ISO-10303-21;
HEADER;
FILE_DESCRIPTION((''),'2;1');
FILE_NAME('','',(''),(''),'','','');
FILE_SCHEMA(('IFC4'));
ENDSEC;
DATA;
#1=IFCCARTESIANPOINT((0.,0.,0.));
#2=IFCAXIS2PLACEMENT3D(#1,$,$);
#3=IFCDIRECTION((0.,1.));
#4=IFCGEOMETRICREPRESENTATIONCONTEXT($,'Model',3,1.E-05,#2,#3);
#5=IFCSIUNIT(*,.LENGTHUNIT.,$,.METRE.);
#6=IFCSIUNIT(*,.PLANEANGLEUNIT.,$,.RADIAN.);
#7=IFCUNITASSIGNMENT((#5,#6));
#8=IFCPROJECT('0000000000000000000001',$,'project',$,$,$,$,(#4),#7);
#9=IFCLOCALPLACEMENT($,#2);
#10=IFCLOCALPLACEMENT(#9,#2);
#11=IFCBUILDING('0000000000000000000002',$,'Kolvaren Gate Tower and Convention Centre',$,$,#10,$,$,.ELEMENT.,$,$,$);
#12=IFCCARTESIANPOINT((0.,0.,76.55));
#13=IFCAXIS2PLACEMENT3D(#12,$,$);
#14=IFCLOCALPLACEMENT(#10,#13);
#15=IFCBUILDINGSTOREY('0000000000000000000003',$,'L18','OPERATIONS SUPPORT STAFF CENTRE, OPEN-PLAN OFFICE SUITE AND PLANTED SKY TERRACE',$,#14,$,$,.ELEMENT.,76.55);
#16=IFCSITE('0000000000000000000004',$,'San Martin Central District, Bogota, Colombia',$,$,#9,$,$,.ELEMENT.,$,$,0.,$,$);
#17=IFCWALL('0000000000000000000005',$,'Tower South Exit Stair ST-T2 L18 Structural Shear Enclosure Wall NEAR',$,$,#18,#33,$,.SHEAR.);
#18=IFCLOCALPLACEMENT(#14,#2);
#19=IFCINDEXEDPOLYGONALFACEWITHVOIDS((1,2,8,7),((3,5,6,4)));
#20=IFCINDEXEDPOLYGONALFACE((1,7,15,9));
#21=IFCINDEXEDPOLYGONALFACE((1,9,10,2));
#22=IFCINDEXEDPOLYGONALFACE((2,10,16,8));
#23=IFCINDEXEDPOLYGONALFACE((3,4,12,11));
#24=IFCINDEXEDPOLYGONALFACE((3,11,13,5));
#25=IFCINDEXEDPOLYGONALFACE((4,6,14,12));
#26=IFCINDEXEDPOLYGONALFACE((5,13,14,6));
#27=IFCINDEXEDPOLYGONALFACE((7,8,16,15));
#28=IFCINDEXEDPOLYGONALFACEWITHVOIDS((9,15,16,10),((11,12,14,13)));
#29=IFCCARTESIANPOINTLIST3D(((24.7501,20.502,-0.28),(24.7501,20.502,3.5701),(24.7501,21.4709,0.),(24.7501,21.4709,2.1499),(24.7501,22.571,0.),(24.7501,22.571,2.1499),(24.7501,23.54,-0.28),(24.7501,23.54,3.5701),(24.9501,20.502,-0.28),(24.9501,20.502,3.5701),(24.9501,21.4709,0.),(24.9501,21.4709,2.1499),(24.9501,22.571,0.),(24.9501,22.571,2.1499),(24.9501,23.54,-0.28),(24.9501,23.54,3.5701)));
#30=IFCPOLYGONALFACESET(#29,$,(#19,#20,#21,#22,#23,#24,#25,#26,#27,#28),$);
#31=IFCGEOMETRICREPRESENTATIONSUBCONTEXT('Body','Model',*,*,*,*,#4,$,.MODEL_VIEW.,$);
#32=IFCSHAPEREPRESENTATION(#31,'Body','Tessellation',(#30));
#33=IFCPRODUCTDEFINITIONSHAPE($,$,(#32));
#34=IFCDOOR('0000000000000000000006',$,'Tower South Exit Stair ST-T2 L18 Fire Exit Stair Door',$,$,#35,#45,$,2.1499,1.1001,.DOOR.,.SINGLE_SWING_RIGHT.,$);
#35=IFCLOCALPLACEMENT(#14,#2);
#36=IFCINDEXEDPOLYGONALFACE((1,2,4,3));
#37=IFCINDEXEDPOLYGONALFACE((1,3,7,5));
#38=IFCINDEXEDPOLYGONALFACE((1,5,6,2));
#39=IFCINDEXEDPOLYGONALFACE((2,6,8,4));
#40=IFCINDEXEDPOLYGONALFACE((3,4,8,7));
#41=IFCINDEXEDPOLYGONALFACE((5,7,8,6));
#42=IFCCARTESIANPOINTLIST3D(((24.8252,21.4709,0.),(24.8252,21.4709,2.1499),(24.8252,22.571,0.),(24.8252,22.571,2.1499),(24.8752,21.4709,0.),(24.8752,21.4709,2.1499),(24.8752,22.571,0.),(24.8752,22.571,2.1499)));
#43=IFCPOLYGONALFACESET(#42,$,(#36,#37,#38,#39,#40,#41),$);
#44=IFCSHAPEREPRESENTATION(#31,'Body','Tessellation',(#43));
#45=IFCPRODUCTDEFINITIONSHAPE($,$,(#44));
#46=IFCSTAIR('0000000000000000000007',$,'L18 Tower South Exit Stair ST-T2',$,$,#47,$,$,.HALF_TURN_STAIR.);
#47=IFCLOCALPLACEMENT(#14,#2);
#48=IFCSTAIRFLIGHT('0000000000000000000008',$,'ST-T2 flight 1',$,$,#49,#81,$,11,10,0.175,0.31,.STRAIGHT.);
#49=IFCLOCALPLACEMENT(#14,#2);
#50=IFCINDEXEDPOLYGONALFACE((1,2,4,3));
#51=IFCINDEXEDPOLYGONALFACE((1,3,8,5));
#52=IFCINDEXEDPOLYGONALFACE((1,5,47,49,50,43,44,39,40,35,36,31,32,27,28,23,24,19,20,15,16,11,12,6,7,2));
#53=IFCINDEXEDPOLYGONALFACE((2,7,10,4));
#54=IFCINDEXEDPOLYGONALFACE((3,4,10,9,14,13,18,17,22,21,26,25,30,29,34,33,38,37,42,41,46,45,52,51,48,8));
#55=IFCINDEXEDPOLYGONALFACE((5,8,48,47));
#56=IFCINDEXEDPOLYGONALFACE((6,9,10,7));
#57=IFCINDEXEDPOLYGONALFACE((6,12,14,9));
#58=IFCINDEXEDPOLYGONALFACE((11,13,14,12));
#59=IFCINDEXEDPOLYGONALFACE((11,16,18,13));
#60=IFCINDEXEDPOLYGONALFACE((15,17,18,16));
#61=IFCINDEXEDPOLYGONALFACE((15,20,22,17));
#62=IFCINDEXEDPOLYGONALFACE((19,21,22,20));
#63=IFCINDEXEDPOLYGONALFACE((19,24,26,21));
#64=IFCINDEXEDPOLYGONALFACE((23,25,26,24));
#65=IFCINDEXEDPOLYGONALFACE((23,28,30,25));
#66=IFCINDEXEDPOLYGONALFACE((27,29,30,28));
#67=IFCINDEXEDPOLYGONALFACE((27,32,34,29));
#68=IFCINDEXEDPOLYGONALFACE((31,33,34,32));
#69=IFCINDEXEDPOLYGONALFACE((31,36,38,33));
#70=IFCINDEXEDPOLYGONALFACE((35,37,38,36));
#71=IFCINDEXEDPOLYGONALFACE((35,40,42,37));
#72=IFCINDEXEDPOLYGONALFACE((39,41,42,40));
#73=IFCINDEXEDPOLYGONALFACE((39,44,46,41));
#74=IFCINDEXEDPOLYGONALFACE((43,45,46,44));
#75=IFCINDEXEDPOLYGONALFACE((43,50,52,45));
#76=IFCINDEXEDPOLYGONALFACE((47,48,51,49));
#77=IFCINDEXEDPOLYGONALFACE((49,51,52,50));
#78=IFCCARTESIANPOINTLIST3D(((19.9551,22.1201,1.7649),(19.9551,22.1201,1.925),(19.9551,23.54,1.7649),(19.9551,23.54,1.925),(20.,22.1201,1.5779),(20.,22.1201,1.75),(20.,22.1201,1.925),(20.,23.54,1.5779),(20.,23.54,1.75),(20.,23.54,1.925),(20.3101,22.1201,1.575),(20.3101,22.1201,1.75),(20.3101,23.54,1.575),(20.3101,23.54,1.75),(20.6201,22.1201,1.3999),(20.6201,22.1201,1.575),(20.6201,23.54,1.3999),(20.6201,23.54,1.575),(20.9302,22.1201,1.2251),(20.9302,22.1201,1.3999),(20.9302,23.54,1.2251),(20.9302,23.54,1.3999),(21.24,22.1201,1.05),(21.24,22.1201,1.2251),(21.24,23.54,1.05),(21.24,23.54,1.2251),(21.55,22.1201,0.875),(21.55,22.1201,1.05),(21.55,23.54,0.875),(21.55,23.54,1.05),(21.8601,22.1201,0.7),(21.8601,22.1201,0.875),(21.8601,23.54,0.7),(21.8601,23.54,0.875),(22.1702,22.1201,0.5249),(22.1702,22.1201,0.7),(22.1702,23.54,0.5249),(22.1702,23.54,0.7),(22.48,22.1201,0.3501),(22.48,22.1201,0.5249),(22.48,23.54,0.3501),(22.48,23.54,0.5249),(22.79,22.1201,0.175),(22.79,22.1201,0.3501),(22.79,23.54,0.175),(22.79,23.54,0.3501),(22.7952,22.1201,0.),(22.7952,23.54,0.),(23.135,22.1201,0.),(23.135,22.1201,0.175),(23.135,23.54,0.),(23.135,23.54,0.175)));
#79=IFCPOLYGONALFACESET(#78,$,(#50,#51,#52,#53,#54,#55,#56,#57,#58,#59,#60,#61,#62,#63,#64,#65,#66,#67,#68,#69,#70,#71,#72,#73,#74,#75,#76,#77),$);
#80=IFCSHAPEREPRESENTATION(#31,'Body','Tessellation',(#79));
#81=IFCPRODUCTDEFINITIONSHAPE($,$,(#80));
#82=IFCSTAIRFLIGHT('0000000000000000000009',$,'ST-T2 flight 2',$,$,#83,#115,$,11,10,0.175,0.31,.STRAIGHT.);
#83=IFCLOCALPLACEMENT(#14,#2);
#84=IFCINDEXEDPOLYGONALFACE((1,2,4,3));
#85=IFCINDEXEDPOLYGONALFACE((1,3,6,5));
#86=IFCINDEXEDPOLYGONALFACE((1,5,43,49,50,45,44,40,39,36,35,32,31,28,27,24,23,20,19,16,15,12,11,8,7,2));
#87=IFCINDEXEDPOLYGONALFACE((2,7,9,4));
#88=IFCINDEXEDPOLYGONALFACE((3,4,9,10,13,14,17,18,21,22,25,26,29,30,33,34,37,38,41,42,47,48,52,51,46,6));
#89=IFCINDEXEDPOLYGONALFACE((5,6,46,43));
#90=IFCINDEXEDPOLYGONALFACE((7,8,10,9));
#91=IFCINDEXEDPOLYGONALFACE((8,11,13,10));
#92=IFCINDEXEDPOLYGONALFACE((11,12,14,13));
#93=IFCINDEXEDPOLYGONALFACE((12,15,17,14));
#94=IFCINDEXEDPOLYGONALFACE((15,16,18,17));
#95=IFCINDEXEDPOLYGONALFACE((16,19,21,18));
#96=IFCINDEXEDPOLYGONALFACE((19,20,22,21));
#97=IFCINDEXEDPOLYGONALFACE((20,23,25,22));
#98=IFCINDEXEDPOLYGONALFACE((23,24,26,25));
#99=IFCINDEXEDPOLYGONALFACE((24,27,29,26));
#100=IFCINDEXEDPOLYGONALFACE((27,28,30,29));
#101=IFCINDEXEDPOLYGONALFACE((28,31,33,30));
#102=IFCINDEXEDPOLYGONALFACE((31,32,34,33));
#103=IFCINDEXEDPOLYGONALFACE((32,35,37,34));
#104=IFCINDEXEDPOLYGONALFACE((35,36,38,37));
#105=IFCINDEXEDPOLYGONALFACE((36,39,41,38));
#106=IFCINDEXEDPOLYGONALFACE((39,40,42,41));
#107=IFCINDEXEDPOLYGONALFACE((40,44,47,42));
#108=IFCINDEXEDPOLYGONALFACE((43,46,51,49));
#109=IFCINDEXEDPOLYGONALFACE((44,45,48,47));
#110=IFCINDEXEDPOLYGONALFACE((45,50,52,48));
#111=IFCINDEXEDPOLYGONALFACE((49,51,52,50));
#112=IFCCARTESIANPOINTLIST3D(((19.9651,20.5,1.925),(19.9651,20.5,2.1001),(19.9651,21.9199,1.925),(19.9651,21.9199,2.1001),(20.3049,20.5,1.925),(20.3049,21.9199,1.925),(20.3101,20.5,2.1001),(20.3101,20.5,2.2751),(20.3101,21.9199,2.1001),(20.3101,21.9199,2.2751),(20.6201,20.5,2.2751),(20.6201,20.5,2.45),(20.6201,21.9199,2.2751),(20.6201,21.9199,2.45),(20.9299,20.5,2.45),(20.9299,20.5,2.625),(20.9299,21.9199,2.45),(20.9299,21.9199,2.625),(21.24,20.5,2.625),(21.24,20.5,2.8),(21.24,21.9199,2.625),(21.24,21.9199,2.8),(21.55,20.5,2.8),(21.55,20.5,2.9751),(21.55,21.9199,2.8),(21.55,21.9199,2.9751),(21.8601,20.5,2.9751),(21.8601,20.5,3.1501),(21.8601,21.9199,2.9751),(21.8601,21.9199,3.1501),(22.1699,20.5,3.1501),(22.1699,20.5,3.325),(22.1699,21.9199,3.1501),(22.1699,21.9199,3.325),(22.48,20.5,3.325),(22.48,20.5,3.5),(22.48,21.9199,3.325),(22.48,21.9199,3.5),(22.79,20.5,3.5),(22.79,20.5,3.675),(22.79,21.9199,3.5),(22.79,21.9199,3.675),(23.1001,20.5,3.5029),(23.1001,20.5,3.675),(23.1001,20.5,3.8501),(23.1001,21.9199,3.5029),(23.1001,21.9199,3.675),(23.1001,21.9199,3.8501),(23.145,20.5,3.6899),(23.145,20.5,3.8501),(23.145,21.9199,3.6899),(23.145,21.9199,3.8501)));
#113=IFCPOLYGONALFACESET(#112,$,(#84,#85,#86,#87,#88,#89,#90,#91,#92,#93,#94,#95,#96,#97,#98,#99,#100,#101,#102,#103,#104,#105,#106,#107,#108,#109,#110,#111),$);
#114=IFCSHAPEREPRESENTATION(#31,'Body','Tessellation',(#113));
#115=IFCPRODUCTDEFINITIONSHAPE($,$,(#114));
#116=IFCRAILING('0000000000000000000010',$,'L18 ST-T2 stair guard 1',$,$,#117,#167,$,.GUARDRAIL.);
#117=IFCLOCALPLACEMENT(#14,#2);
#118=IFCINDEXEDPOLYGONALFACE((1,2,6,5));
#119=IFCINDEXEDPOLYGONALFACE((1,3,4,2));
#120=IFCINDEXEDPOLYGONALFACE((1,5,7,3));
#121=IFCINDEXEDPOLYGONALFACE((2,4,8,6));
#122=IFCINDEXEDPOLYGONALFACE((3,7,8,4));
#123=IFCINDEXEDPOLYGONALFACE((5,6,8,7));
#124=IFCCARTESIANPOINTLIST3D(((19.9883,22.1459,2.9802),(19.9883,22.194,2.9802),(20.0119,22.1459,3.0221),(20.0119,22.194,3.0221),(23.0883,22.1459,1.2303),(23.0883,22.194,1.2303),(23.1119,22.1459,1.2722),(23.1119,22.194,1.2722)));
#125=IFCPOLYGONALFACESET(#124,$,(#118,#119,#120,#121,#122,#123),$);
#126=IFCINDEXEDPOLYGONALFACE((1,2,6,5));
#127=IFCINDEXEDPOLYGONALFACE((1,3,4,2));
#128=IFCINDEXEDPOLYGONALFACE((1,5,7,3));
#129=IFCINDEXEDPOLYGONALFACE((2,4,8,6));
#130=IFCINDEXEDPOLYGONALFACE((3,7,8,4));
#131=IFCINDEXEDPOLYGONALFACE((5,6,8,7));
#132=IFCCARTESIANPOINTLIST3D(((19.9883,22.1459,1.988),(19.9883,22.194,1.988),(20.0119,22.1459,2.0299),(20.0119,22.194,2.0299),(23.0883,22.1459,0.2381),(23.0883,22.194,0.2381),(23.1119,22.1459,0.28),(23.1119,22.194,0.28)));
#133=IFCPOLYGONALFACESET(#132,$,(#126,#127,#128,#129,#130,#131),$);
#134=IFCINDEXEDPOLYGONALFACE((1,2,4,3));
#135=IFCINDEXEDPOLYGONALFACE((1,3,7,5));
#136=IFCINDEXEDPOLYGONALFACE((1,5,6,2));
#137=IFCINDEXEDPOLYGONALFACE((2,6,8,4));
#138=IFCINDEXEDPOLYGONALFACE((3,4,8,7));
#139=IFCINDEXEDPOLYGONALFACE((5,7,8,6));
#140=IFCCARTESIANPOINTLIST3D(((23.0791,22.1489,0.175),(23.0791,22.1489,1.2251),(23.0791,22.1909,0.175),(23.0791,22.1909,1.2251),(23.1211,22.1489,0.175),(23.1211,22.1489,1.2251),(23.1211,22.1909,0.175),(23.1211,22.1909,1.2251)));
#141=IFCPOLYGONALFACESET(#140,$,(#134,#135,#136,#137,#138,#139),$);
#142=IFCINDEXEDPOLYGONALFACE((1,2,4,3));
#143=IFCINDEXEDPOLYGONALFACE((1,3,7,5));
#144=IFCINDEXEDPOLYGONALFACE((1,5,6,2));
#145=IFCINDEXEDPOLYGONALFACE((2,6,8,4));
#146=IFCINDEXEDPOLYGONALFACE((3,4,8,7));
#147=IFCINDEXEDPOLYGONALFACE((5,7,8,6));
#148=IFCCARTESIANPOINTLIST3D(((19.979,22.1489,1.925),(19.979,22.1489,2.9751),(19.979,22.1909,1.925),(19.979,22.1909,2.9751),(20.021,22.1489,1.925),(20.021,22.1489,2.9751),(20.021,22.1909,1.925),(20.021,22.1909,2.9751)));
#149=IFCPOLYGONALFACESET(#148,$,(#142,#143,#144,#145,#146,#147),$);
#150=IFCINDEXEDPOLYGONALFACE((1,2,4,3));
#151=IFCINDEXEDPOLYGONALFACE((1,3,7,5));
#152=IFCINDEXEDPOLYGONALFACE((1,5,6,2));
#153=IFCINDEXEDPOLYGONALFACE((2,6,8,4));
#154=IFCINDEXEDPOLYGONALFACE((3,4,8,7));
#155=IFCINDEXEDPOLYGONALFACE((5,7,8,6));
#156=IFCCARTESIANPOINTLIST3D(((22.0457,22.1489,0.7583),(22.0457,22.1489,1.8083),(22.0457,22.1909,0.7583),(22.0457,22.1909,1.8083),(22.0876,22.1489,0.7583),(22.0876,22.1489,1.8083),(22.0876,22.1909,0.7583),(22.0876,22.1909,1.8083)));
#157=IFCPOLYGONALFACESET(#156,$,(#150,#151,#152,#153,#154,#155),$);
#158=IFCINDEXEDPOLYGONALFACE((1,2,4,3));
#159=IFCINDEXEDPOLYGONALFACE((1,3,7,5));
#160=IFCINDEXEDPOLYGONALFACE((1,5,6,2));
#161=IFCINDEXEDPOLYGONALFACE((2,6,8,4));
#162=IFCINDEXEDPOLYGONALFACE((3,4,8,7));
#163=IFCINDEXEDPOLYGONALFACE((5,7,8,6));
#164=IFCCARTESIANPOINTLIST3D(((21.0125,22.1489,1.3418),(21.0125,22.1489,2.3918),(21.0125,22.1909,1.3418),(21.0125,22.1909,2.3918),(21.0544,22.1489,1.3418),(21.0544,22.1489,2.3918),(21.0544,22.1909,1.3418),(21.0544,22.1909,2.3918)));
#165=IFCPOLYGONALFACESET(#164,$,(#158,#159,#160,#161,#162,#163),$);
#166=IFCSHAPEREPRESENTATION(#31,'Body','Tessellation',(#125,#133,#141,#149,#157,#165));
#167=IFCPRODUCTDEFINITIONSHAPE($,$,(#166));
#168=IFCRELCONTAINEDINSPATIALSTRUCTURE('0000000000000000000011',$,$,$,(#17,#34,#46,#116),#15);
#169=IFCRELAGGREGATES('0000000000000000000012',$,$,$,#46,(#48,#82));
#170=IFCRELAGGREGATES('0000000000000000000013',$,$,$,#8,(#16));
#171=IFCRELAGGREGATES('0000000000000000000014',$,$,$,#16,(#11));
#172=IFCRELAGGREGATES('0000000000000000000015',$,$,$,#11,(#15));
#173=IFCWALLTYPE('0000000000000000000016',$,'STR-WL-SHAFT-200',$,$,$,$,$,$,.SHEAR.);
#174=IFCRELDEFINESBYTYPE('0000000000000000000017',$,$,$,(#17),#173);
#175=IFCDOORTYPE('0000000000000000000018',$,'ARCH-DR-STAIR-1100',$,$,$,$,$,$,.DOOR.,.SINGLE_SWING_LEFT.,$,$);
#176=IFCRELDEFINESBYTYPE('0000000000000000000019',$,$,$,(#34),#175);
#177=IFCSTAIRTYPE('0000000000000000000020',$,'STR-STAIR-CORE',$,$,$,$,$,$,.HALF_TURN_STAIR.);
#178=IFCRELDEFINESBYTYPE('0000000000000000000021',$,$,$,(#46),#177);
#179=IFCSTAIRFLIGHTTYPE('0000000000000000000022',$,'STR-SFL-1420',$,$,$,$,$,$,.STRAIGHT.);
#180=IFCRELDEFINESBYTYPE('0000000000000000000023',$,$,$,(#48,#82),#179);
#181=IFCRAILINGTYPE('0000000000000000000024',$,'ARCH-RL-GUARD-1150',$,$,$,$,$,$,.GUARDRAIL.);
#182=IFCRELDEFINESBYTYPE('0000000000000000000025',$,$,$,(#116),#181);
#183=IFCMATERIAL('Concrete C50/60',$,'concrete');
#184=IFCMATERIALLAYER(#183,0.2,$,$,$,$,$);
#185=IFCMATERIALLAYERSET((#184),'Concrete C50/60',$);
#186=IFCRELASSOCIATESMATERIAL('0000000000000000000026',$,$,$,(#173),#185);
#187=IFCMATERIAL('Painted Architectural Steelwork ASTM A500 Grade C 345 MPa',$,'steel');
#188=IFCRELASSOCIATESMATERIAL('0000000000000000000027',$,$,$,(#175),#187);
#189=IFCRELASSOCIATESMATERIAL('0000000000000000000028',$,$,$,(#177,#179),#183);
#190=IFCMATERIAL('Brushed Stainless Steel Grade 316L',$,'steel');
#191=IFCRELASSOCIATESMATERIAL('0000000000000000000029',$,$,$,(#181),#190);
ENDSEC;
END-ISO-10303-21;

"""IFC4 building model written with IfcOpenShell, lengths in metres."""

from ifc_helpers import new_model, si_unit, direction, frame, frame_2d, origin, origin_2d, place, context, subcontext, project, spatial, polyline, rectangle, outline, extrude, material, layer, layer_set, type_object, element, fill, aggregate, save


model = new_model("IFC4")

# Units and contexts
model_context = context("Model", 3, precision=1e-05, world=origin(), true_north=direction((0.0, 1.0)))
body_context = subcontext(model_context, "Body", "Model", "MODEL_VIEW")
ifc_project = project(units=[si_unit("LENGTHUNIT", "METRE"), si_unit("PLANEANGLEUNIT", "RADIAN")], contexts=[model_context])

# Site, building, storey
site_placement = place(None, origin())
site = spatial("IfcSite", under=ifc_project, at=site_placement, Name="San Martin Central District, Bogota, Colombia", CompositionType="ELEMENT", RefElevation=0.0)
building_placement = place(site_placement, origin())
building = spatial("IfcBuilding", under=site, at=building_placement, Name="Kolvaren Gate Tower and Convention Centre", CompositionType="ELEMENT")
storey_placement = place(building_placement, frame((0.0, 0.0, 76.55)))
storey = spatial("IfcBuildingStorey", under=building, at=storey_placement, Name="L18", Description="OPERATIONS SUPPORT STAFF CENTRE, OPEN-PLAN OFFICE SUITE AND PLANTED SKY TERRACE", CompositionType="ELEMENT", Elevation=76.55)

# Shared definitions
ifc_material_1 = material(Name="Painted Architectural Steelwork ASTM A500 Grade C 345 MPa", Category="steel")

# Shared definitions
ifc_material_2 = material(Name="Brushed Stainless Steel Grade 316L", Category="steel")

# Wall, opening, door
ifc_material_3 = material(Name="Concrete C50/60", Category="concrete")
ifc_layer_1 = layer(ifc_material_3, 0.2)
ifc_layer_set_1 = layer_set([ifc_layer_1], Name="Concrete C50/60")
wall_type_1 = type_object("IfcWallType", Name="STR-WL-SHAFT-200", PredefinedType="SHEAR", material=ifc_layer_set_1)
wall_1_placement = place(storey_placement, frame((24.8501, 20.502, -0.28), z_axis=(0.0, 0.0, 1.0), x_axis=(0.0, 1.0, 0.0)))
wall_1 = element("IfcWall", 1, at=wall_1_placement, inside=storey, type_object=wall_type_1, Name="Tower South Exit Stair ST-T2 L18 Structural Shear Enclosure Wall NEAR", PredefinedType="SHEAR", context=body_context, shape_type="SweptSolid", body=[
    extrude(rectangle(XDim=3.0381, YDim=0.2, at=frame_2d((1.519, 0.0))), origin(), (0.0, 0.0, 1.0), 3.8501),
])
opening_1_placement = place(wall_1_placement, frame((0.969, 0.0, 0.28)))
opening_1 = element("IfcOpeningElement", 2, at=opening_1_placement, cuts=wall_1, PredefinedType="OPENING", context=body_context, shape_type="SweptSolid", body=[
    extrude(rectangle(XDim=1.1001, YDim=2.1499, at=frame_2d((0.55, 1.075))), frame((0.0, 0.1099, 0.0), z_axis=(0.0, -1.0, 0.0), x_axis=(1.0, 0.0, 0.0)), (0.0, 0.0, 1.0), 0.22),
])
door_type_1 = type_object("IfcDoorType", Name="ARCH-DR-STAIR-1100", OperationType="SINGLE_SWING_LEFT", PredefinedType="DOOR", material=ifc_material_1)
door_1_placement = place(opening_1_placement, origin())
door_1 = element("IfcDoor", 3, at=door_1_placement, inside=storey, type_object=door_type_1, Name="Tower South Exit Stair ST-T2 L18 Fire Exit Stair Door", OperationType="SINGLE_SWING_RIGHT", OverallHeight=2.1499, OverallWidth=1.1001, PredefinedType="DOOR", context=body_context, shape_type="SweptSolid", body=[
    extrude(rectangle(XDim=1.1001, YDim=2.1499, at=frame_2d((0.55, 1.075))), frame((0.0, 0.0249, 0.0), z_axis=(0.0, -1.0, 0.0), x_axis=(1.0, 0.0, 0.0)), (0.0, 0.0, 1.0), 0.05),
])
fill(opening_1, door_1)

# Stair, stair flights
stair_type = type_object("IfcStairType", Name="STR-STAIR-CORE", PredefinedType="HALF_TURN_STAIR", material=ifc_material_3)
stair_placement = place(storey_placement, origin())
stair = element("IfcStair", 4, at=stair_placement, inside=storey, type_object=stair_type, Name="L18 Tower South Exit Stair ST-T2", PredefinedType="HALF_TURN_STAIR")
stair_flight_type = type_object("IfcStairFlightType", Name="STR-SFL-1420", PredefinedType="STRAIGHT", material=ifc_material_3)
stair_flight_1_placement = place(storey_placement, frame((23.1001, 22.8301, 0.0), z_axis=(0.0, 0.0, 1.0), x_axis=(-1.0, 0.0, 0.0)))
stair_flight_1 = element("IfcStairFlight", 5, at=stair_flight_1_placement, type_object=stair_flight_type, Name="ST-T2 flight 1", NumberOfRisers=11, NumberOfTreads=10, PredefinedType="STRAIGHT", RiserHeight=0.175, TreadLength=0.31, context=body_context, shape_type="SweptSolid", body=[
    extrude(outline(polyline([(-0.0349, 0.0), (-0.0349, 0.175), (0.3101, 0.175), (0.3101, 0.3501), (0.6201, 0.3501), (0.6201, 0.5249), (0.9299, 0.5249), (0.9299, 0.7), (1.24, 0.7), (1.24, 0.875), (1.55, 0.875), (1.55, 1.05), (1.8601, 1.05), (1.8601, 1.2251), (2.1699, 1.2251), (2.1699, 1.3999), (2.48, 1.3999), (2.48, 1.575), (2.79, 1.575), (2.79, 1.75), (3.1001, 1.75), (3.1001, 1.925), (3.145, 1.925), (3.145, 1.7649), (3.1001, 1.5779), (0.3049, 0.0), (-0.0349, 0.0)])), frame((0.0, 0.71, 0.0), z_axis=(0.0, -1.0, 0.0), x_axis=(1.0, 0.0, 0.0)), (0.0, 0.0, 1.0), 1.4199),
])
stair_flight_2_placement = place(storey_placement, frame((20.0, 21.21, 1.925), z_axis=(0.0, 0.0, 1.0), x_axis=(1.0, 0.0, 0.0)))
stair_flight_2 = element("IfcStairFlight", 6, at=stair_flight_2_placement, type_object=stair_flight_type, Name="ST-T2 flight 2", NumberOfRisers=11, NumberOfTreads=10, PredefinedType="STRAIGHT", RiserHeight=0.175, TreadLength=0.31, context=body_context, shape_type="SweptSolid", body=[
    extrude(outline(polyline([(-0.0349, 0.0), (-0.0349, 0.175), (0.3101, 0.175), (0.3101, 0.3501), (0.6201, 0.3501), (0.6201, 0.5249), (0.9299, 0.5249), (0.9299, 0.7), (1.24, 0.7), (1.24, 0.875), (1.55, 0.875), (1.55, 1.05), (1.8601, 1.05), (1.8601, 1.2251), (2.1699, 1.2251), (2.1699, 1.3999), (2.48, 1.3999), (2.48, 1.575), (2.79, 1.575), (2.79, 1.75), (3.1001, 1.75), (3.1001, 1.925), (3.145, 1.925), (3.145, 1.7649), (3.1001, 1.5779), (0.3049, 0.0), (-0.0349, 0.0)])), frame((0.0, 0.71, 0.0), z_axis=(0.0, -1.0, 0.0), x_axis=(1.0, 0.0, 0.0)), (0.0, 0.0, 1.0), 1.4199),
])
aggregate(stair, [stair_flight_1, stair_flight_2])

# Railing
railing_type_1 = type_object("IfcRailingType", Name="ARCH-RL-GUARD-1150", PredefinedType="GUARDRAIL", material=ifc_material_2)
railing_1_placement = place(storey_placement, frame((23.1001, 22.1699, 0.175)))
element("IfcRailing", 7, at=railing_1_placement, inside=storey, type_object=railing_type_1, Name="L18 ST-T2 stair guard 1", PredefinedType="GUARDRAIL", context=body_context, shape_type="SweptSolid", body=[
    extrude(rectangle(XDim=0.0481, YDim=0.0481, at=origin_2d()), frame((0.0, 0.0, 1.0762), z_axis=(-0.870831, 0.0, 0.491583), x_axis=(0.0, -1.0, 0.0)), (0.0, 0.0, 1.0), 3.5598),
    extrude(rectangle(XDim=0.0481, YDim=0.0481, at=origin_2d()), frame((0.0, 0.0, 0.084), z_axis=(-0.870831, 0.0, 0.491583), x_axis=(0.0, -1.0, 0.0)), (0.0, 0.0, 1.0), 3.5598),
    extrude(rectangle(XDim=0.042, YDim=0.042, at=origin_2d()), origin(), (0.0, 0.0, 1.0), 1.05),
    extrude(rectangle(XDim=0.042, YDim=0.042, at=origin_2d()), frame((-3.1001, 0.0, 1.75)), (0.0, 0.0, 1.0), 1.05),
    extrude(rectangle(XDim=0.042, YDim=0.042, at=origin_2d()), frame((-1.0334, 0.0, 0.5833)), (0.0, 0.0, 1.0), 1.05),
    extrude(rectangle(XDim=0.042, YDim=0.042, at=origin_2d()), frame((-2.0667, 0.0, 1.1667)), (0.0, 0.0, 1.0), 1.05),
])

save(model, "model.ifc")
